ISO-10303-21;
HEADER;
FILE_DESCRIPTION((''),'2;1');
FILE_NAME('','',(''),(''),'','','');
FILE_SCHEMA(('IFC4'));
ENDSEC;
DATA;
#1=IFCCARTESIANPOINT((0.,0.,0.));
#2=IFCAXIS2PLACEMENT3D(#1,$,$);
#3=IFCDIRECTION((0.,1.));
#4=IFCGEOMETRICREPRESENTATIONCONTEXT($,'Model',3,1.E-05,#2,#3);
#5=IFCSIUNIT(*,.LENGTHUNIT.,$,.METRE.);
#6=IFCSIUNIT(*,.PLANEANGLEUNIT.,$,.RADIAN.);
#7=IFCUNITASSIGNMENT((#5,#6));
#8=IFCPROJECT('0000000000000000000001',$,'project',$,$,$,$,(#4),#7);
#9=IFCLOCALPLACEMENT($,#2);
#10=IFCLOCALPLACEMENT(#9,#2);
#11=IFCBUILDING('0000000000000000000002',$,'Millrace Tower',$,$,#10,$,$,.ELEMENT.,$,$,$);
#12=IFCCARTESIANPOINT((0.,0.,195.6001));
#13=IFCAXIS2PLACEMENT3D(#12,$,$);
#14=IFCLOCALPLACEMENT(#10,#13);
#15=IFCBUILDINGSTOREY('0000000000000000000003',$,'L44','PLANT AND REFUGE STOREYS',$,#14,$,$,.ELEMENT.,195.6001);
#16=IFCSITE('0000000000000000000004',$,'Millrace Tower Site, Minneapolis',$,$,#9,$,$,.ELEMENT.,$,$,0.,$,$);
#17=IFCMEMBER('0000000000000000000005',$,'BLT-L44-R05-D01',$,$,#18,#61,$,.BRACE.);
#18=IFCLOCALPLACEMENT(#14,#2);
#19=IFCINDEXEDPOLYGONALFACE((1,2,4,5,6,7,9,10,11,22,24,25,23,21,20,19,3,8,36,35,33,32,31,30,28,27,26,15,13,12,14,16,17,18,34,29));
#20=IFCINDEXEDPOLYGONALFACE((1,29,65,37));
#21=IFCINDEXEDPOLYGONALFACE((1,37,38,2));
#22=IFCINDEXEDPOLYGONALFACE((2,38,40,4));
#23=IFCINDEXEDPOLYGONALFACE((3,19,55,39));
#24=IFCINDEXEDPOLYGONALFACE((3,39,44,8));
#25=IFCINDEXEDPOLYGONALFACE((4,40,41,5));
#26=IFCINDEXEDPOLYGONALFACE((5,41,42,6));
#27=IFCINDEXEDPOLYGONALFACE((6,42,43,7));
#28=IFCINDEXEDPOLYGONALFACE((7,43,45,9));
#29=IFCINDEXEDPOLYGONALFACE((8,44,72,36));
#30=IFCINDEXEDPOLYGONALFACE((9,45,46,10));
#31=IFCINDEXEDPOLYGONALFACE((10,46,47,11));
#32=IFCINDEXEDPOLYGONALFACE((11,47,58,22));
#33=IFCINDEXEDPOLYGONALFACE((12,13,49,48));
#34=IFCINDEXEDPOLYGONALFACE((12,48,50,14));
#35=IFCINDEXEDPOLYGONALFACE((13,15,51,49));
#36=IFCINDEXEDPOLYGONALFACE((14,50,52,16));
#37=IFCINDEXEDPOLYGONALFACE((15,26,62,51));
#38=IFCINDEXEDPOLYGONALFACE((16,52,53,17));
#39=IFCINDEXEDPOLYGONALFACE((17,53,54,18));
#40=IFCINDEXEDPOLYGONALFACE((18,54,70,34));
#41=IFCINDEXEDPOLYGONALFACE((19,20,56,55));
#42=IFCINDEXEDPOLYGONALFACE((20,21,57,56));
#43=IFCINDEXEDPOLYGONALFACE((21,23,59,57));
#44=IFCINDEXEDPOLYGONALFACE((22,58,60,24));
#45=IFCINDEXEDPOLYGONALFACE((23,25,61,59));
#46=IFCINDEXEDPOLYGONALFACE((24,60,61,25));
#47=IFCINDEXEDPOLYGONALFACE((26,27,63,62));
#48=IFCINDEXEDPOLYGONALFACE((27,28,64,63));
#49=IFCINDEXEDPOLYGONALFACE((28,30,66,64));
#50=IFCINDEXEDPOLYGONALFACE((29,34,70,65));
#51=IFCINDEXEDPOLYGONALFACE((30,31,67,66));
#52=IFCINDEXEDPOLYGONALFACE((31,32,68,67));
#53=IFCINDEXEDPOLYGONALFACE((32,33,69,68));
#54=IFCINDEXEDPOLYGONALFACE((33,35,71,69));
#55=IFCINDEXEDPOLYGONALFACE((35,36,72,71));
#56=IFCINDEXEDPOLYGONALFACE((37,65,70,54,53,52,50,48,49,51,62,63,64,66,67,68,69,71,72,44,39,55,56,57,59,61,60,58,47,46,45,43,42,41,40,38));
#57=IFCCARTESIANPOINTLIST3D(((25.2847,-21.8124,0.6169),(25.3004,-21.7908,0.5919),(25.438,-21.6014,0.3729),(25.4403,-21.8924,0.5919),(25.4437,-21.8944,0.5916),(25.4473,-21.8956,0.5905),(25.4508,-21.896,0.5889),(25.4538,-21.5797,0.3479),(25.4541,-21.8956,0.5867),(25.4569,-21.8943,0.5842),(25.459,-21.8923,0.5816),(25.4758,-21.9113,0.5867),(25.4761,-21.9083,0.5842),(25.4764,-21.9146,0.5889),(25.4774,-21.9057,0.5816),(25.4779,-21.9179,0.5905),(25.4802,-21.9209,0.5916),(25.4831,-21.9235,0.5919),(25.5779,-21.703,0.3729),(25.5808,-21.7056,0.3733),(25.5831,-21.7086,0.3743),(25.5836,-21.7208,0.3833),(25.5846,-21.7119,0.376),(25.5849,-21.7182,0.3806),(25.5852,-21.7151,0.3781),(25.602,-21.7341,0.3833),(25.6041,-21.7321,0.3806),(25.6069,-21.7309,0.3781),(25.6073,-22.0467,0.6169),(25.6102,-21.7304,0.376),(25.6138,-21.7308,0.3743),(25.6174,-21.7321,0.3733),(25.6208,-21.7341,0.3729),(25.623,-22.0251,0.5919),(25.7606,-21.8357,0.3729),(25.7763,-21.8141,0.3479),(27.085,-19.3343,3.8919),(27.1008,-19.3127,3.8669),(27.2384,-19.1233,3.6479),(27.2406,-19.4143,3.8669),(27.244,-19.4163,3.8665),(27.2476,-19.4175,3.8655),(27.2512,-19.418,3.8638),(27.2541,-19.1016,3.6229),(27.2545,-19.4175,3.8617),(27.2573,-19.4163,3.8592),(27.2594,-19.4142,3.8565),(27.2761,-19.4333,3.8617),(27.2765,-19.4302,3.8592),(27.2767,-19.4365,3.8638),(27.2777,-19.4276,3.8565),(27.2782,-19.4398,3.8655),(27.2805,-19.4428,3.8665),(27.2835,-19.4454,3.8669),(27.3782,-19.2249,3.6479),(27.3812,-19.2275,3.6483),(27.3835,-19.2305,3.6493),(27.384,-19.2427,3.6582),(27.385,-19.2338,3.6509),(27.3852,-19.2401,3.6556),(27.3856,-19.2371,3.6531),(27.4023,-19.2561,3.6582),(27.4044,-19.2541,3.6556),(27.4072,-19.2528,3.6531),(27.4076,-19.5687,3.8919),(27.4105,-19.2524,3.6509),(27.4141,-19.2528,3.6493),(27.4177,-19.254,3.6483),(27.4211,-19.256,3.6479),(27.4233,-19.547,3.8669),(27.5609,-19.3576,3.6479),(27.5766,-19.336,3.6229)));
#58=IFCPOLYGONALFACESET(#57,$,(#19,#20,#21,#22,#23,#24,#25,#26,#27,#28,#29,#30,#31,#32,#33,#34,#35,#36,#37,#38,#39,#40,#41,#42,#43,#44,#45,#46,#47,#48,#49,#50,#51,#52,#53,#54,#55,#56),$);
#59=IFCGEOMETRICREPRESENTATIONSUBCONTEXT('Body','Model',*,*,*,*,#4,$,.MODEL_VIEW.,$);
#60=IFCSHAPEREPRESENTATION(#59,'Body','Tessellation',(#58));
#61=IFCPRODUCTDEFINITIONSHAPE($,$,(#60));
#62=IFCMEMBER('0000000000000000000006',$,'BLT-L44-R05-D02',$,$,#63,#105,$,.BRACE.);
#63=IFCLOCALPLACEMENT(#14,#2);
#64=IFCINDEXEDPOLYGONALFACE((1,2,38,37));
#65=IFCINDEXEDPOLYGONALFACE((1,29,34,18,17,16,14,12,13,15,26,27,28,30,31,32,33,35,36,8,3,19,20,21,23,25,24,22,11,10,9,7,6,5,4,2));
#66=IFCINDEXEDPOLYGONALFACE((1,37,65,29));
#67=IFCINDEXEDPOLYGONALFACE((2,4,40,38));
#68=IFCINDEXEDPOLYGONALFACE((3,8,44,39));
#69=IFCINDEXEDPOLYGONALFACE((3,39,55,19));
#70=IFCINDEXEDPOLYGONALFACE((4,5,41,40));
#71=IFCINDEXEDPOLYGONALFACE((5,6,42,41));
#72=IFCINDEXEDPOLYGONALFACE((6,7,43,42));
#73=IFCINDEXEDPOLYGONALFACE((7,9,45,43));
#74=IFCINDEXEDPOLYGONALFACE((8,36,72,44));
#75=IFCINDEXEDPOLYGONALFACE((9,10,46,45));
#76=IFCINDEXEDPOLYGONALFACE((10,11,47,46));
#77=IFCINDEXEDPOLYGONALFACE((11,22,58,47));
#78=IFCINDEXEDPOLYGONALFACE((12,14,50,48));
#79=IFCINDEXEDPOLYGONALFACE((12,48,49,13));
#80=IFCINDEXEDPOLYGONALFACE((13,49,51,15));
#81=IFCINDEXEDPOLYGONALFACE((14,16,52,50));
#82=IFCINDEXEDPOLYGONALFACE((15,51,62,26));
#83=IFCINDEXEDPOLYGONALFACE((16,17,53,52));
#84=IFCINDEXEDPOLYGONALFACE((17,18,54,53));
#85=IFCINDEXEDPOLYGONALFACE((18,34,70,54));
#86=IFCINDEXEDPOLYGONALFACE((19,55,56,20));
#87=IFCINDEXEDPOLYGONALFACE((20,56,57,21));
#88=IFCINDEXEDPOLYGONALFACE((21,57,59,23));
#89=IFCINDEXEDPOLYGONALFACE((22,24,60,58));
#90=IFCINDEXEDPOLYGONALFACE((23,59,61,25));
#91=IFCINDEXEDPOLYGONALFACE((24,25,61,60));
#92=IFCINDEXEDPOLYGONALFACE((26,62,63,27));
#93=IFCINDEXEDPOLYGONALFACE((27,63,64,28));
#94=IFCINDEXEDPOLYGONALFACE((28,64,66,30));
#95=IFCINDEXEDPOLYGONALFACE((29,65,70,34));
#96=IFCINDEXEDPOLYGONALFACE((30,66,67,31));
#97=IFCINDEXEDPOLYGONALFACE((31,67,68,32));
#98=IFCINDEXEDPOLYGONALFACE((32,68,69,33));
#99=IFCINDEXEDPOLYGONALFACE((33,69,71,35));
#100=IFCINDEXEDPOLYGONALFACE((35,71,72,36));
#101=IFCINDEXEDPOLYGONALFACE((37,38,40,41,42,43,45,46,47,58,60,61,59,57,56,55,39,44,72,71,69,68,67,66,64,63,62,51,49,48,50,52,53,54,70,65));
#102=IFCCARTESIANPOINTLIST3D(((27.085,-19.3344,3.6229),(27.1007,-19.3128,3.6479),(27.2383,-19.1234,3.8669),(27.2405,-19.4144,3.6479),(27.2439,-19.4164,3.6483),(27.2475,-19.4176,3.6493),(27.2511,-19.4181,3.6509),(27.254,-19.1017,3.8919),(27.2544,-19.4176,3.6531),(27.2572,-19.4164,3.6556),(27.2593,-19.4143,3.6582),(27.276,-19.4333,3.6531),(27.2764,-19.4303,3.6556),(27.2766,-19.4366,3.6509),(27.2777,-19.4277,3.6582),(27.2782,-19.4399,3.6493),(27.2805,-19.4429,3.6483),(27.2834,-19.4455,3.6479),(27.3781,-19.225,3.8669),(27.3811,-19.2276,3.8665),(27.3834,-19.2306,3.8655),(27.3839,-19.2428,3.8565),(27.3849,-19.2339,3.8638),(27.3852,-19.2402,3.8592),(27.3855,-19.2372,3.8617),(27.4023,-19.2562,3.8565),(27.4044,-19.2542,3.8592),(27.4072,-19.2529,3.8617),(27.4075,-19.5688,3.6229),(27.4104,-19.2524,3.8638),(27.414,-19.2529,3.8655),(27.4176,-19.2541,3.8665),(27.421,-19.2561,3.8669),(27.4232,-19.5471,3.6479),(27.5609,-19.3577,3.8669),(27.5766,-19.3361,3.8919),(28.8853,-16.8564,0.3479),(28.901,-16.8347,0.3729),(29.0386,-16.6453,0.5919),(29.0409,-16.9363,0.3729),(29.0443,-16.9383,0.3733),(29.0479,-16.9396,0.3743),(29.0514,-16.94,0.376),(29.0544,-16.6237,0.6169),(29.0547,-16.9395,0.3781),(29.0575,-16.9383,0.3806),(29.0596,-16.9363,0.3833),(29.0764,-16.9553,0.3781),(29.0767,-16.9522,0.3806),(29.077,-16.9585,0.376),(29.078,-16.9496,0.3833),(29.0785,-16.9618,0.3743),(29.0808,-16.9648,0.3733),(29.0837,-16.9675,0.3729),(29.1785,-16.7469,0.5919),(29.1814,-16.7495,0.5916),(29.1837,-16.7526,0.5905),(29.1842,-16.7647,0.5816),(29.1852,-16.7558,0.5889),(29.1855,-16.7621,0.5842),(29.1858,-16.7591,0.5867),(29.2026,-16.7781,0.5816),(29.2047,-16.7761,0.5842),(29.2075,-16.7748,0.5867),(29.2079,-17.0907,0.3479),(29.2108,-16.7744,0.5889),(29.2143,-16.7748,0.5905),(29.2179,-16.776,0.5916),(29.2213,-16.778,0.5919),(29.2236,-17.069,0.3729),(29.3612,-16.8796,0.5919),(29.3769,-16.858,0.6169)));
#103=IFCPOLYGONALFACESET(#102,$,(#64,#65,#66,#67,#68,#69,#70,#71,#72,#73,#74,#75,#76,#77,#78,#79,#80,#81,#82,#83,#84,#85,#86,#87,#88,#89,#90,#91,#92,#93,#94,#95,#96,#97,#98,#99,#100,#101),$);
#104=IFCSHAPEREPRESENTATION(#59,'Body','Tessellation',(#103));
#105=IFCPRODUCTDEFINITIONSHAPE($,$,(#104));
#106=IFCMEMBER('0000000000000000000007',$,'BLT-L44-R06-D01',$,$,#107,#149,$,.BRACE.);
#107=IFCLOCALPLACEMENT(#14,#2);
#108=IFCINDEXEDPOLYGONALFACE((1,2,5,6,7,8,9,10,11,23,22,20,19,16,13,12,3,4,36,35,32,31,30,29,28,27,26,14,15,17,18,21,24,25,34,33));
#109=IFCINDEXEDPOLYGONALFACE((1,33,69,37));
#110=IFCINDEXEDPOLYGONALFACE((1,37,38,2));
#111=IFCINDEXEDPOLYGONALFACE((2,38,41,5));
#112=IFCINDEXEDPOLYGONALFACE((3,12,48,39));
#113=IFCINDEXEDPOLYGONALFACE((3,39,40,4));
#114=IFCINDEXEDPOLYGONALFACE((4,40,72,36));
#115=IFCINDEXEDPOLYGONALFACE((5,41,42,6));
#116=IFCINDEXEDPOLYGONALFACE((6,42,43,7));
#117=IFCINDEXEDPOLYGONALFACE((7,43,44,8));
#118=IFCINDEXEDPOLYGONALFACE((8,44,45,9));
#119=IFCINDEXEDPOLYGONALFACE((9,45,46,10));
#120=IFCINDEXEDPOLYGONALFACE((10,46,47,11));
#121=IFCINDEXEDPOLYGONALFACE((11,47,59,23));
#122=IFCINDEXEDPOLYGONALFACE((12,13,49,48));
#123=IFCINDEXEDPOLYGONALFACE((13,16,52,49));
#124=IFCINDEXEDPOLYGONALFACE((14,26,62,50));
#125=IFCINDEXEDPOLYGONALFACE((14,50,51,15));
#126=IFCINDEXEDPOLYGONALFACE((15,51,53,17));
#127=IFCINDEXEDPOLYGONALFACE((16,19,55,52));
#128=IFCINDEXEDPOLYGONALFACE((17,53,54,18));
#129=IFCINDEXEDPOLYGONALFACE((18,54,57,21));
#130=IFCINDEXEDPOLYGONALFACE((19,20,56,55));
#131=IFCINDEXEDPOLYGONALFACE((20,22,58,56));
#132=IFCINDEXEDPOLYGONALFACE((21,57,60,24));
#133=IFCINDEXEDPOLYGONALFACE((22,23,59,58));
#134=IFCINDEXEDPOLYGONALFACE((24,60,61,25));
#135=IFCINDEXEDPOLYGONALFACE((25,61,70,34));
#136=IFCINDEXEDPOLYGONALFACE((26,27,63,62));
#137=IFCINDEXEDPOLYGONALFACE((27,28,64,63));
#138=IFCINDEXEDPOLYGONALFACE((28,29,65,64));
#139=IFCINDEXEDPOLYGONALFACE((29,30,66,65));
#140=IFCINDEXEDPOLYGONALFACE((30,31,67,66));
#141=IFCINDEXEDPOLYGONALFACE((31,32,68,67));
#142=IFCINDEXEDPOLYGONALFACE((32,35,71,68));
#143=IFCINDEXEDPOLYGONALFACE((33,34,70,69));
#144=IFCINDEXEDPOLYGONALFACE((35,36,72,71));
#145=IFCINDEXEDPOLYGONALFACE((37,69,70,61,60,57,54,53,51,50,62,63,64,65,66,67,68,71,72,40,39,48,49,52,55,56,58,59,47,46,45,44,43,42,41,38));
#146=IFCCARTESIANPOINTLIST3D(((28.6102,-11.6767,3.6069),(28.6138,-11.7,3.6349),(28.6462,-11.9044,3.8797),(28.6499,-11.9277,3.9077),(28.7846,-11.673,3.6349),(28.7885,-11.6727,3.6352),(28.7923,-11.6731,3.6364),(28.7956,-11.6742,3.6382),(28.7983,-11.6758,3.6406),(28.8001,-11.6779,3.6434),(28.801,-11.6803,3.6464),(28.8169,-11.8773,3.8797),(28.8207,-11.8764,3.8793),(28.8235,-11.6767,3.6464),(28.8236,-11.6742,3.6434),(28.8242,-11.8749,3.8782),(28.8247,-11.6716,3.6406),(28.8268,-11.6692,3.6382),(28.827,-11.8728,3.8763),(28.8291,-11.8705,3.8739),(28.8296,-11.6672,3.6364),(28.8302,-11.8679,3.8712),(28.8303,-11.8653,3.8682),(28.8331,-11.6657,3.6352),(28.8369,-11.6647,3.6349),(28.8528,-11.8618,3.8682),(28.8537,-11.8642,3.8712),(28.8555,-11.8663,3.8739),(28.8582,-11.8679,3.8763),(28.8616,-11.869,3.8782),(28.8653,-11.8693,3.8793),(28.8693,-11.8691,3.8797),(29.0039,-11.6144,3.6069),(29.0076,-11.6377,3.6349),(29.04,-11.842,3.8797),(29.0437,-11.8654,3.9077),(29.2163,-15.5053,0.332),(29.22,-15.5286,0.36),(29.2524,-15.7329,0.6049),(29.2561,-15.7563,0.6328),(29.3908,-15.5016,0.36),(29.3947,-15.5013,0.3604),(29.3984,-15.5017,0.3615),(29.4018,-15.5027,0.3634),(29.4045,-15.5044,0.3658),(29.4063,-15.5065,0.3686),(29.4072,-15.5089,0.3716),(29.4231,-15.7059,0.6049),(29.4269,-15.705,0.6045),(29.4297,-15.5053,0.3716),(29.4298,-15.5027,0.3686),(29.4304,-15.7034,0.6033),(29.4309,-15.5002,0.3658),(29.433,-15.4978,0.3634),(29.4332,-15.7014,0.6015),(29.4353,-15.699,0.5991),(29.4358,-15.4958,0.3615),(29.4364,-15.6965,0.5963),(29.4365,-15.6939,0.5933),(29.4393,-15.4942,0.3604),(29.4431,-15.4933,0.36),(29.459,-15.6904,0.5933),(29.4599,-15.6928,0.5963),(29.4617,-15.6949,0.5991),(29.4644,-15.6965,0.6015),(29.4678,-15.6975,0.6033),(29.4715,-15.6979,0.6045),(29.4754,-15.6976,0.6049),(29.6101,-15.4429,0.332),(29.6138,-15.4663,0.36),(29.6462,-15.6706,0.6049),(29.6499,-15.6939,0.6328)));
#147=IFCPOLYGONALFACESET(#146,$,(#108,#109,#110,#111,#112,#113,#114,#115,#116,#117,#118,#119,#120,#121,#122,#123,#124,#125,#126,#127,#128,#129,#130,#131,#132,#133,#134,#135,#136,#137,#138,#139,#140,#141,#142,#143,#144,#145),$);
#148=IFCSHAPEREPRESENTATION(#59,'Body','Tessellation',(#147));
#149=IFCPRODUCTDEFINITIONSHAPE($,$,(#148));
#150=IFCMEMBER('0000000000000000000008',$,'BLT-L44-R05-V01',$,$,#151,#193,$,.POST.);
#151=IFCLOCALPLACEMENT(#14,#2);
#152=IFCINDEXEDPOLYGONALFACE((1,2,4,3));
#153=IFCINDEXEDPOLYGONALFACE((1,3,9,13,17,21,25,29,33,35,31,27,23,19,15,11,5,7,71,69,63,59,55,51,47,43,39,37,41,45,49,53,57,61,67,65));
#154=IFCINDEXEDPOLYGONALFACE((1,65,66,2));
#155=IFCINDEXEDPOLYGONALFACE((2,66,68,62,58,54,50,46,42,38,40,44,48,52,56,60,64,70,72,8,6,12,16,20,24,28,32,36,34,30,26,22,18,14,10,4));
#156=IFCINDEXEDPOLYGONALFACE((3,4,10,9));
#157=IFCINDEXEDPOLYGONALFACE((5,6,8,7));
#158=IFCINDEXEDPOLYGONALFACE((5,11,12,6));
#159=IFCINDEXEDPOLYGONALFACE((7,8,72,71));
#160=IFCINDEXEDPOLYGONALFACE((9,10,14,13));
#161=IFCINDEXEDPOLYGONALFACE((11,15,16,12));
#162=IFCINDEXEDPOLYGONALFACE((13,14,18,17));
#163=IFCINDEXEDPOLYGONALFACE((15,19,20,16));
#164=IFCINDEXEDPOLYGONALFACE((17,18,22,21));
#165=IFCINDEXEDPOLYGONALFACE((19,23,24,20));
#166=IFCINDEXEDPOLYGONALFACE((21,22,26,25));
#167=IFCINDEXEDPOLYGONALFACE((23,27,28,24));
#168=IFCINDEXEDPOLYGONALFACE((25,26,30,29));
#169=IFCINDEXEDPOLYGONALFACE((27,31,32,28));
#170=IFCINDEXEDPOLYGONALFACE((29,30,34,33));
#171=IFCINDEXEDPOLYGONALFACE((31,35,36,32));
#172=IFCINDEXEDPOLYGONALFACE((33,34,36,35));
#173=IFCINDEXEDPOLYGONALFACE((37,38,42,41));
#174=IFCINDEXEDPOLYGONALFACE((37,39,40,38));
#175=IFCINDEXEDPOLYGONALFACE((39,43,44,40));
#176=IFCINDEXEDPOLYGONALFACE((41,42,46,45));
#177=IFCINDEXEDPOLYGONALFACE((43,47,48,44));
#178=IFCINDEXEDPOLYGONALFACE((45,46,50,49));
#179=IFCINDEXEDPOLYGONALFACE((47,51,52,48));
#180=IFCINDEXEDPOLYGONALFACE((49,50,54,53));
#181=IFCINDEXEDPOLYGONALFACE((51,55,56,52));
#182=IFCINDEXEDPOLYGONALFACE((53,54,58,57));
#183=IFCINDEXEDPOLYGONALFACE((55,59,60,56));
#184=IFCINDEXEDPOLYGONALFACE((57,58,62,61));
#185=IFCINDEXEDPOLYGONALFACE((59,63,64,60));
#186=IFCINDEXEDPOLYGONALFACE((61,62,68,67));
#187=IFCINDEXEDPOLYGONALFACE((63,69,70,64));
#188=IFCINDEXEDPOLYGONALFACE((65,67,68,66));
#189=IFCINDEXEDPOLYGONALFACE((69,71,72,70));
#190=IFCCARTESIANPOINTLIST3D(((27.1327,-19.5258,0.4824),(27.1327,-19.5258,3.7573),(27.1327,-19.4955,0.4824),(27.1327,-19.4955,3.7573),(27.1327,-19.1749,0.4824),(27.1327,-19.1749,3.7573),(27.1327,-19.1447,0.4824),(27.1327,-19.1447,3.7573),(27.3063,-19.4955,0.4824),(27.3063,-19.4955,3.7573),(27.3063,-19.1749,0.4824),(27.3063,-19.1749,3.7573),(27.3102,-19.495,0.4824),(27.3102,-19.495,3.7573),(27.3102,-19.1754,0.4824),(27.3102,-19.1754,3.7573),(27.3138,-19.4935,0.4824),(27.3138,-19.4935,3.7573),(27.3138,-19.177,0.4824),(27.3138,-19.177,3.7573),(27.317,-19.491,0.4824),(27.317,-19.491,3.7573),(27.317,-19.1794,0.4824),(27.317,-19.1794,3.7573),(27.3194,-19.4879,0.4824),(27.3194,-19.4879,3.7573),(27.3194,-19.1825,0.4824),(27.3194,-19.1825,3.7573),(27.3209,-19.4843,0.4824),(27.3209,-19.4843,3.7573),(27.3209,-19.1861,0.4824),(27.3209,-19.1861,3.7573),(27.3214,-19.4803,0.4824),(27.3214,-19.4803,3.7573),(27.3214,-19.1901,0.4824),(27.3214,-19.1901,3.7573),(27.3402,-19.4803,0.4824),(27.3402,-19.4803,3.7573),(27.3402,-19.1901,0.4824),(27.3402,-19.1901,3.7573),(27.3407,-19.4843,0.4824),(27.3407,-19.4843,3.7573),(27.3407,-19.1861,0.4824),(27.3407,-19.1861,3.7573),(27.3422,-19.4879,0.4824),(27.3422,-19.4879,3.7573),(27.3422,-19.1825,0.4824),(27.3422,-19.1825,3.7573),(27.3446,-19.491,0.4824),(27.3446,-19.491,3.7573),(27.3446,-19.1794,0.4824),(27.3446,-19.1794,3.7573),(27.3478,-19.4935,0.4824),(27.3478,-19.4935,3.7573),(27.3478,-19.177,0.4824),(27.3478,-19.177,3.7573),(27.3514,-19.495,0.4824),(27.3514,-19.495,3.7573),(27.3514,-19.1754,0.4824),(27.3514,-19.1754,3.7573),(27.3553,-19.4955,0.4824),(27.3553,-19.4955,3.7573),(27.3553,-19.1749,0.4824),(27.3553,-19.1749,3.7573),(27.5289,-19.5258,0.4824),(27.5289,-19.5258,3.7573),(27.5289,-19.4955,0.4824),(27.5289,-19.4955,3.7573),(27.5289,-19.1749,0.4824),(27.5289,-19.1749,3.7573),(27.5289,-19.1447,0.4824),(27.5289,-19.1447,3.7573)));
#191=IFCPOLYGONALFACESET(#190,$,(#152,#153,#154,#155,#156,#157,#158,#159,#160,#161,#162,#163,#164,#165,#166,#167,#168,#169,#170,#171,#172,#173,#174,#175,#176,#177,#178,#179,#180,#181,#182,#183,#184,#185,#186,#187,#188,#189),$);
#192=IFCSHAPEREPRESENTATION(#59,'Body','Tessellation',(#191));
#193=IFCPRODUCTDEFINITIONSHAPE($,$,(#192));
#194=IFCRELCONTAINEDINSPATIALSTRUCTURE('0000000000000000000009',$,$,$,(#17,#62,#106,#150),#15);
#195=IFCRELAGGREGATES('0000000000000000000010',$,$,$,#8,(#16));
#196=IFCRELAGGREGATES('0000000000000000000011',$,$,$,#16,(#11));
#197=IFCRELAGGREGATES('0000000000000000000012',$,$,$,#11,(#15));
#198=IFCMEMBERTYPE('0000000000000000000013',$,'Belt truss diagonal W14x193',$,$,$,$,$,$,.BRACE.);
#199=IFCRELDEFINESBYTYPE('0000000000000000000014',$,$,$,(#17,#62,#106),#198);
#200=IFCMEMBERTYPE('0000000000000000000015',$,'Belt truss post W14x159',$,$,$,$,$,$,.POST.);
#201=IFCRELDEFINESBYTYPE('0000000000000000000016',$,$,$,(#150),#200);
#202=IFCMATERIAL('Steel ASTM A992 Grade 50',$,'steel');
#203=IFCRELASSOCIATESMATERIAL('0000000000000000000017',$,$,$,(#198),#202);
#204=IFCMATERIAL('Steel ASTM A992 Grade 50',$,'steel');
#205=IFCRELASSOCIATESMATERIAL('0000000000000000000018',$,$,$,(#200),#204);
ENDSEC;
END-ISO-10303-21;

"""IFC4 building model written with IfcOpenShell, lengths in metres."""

from ifc_helpers import new_model, si_unit, direction, frame, origin, origin_2d, place, context, subcontext, project, spatial, i_section, extrude, material, material_profile, profile_set, type_object, element, save


model = new_model("IFC4")

# Units and contexts
model_context = context("Model", 3, precision=1e-05, world=origin(), true_north=direction((0.0, 1.0)))
body_context = subcontext(model_context, "Body", "Model", "MODEL_VIEW")
ifc_project = project(units=[si_unit("LENGTHUNIT", "METRE"), si_unit("PLANEANGLEUNIT", "RADIAN")], contexts=[model_context])

# Site, building, storey
site_placement = place(None, origin())
site = spatial("IfcSite", under=ifc_project, at=site_placement, Name="Millrace Tower Site, Minneapolis", CompositionType="ELEMENT", RefElevation=0.0)
building_placement = place(site_placement, origin())
building = spatial("IfcBuilding", under=site, at=building_placement, Name="Millrace Tower", CompositionType="ELEMENT")
storey_placement = place(building_placement, frame((0.0, 0.0, 195.6001)))
storey = spatial("IfcBuildingStorey", under=building, at=storey_placement, Name="L44", Description="PLANT AND REFUGE STOREYS", CompositionType="ELEMENT", Elevation=195.6001)

# Members
ifc_material_1 = material(Name="Steel ASTM A992 Grade 50", Category="steel")
ifc_material_profile_1 = material_profile(ifc_material_1, i_section(OverallWidth=0.3987, OverallDepth=0.3938, WebThickness=0.0227, FlangeThickness=0.0366, FilletRadius=0.0151, at=origin_2d()))
ifc_profile_set_1 = profile_set([ifc_material_profile_1], Name="Steel ASTM A992 Grade 50")
member_type_1 = type_object("IfcMemberType", Name="Belt truss diagonal W14x193", PredefinedType="BRACE", material=ifc_profile_set_1)
for number, where, z_axis, x_axis, name in (
    (1, (25.5305, -21.8132, 0.4824), (0.401489, 0.552632, 0.730346), (-0.809032, 0.587764, 0.0), "BLT-L44-R05-D01"),
    (2, (29.1311, -16.8572, 0.4824), (-0.401489, -0.552632, 0.730346), (0.809032, -0.587764, 0.0), "BLT-L44-R05-D02"),
):
    element("IfcMember", number, at=place(storey_placement, frame(where, z_axis=z_axis, x_axis=x_axis)), inside=storey, type_object=member_type_1, Name=name, PredefinedType="BRACE", context=body_context, shape_type="SweptSolid", body=[
        extrude(i_section(OverallWidth=0.3987, OverallDepth=0.3938, WebThickness=0.0227, FlangeThickness=0.0366, FilletRadius=0.0151, at=origin_2d()), origin(), (0.0, 0.0, 1.0), 4.4841),
    ])
member_1_placement = place(storey_placement, frame((29.4331, -15.5996, 0.4824), z_axis=(-0.11946, 0.754478, 0.645362), x_axis=(-0.987696, -0.156386, 0.0)))
element("IfcMember", 3, at=member_1_placement, inside=storey, type_object=member_type_1, Name="BLT-L44-R06-D01", PredefinedType="BRACE", context=body_context, shape_type="SweptSolid", body=[
    extrude(i_section(OverallWidth=0.3987, OverallDepth=0.3938, WebThickness=0.0227, FlangeThickness=0.0366, FilletRadius=0.0151, at=origin_2d()), origin(), (0.0, 0.0, 1.0), 5.0745),
])
ifc_material_2 = material(Name="Steel ASTM A992 Grade 50", Category="steel")
ifc_material_profile_2 = material_profile(ifc_material_2, i_section(OverallWidth=0.3962, OverallDepth=0.3811, WebThickness=0.0188, FlangeThickness=0.0303, FilletRadius=0.0151, at=origin_2d()))
ifc_profile_set_2 = profile_set([ifc_material_profile_2], Name="Steel ASTM A992 Grade 50")
member_type_2 = type_object("IfcMemberType", Name="Belt truss post W14x159", PredefinedType="POST", material=ifc_profile_set_2)
member_2_placement = place(storey_placement, frame((27.3308, -19.3352, 0.4824), z_axis=(0.0, 0.0, 1.0), x_axis=(1.0, 0.0, 0.0)))
element("IfcMember", 4, at=member_2_placement, inside=storey, type_object=member_type_2, Name="BLT-L44-R05-V01", PredefinedType="POST", context=body_context, shape_type="SweptSolid", body=[
    extrude(i_section(OverallWidth=0.3962, OverallDepth=0.3811, WebThickness=0.0188, FlangeThickness=0.0303, FilletRadius=0.0151, at=origin_2d()), origin(), (0.0, 0.0, 1.0), 3.2749),
])

save(model, "model.ifc")
